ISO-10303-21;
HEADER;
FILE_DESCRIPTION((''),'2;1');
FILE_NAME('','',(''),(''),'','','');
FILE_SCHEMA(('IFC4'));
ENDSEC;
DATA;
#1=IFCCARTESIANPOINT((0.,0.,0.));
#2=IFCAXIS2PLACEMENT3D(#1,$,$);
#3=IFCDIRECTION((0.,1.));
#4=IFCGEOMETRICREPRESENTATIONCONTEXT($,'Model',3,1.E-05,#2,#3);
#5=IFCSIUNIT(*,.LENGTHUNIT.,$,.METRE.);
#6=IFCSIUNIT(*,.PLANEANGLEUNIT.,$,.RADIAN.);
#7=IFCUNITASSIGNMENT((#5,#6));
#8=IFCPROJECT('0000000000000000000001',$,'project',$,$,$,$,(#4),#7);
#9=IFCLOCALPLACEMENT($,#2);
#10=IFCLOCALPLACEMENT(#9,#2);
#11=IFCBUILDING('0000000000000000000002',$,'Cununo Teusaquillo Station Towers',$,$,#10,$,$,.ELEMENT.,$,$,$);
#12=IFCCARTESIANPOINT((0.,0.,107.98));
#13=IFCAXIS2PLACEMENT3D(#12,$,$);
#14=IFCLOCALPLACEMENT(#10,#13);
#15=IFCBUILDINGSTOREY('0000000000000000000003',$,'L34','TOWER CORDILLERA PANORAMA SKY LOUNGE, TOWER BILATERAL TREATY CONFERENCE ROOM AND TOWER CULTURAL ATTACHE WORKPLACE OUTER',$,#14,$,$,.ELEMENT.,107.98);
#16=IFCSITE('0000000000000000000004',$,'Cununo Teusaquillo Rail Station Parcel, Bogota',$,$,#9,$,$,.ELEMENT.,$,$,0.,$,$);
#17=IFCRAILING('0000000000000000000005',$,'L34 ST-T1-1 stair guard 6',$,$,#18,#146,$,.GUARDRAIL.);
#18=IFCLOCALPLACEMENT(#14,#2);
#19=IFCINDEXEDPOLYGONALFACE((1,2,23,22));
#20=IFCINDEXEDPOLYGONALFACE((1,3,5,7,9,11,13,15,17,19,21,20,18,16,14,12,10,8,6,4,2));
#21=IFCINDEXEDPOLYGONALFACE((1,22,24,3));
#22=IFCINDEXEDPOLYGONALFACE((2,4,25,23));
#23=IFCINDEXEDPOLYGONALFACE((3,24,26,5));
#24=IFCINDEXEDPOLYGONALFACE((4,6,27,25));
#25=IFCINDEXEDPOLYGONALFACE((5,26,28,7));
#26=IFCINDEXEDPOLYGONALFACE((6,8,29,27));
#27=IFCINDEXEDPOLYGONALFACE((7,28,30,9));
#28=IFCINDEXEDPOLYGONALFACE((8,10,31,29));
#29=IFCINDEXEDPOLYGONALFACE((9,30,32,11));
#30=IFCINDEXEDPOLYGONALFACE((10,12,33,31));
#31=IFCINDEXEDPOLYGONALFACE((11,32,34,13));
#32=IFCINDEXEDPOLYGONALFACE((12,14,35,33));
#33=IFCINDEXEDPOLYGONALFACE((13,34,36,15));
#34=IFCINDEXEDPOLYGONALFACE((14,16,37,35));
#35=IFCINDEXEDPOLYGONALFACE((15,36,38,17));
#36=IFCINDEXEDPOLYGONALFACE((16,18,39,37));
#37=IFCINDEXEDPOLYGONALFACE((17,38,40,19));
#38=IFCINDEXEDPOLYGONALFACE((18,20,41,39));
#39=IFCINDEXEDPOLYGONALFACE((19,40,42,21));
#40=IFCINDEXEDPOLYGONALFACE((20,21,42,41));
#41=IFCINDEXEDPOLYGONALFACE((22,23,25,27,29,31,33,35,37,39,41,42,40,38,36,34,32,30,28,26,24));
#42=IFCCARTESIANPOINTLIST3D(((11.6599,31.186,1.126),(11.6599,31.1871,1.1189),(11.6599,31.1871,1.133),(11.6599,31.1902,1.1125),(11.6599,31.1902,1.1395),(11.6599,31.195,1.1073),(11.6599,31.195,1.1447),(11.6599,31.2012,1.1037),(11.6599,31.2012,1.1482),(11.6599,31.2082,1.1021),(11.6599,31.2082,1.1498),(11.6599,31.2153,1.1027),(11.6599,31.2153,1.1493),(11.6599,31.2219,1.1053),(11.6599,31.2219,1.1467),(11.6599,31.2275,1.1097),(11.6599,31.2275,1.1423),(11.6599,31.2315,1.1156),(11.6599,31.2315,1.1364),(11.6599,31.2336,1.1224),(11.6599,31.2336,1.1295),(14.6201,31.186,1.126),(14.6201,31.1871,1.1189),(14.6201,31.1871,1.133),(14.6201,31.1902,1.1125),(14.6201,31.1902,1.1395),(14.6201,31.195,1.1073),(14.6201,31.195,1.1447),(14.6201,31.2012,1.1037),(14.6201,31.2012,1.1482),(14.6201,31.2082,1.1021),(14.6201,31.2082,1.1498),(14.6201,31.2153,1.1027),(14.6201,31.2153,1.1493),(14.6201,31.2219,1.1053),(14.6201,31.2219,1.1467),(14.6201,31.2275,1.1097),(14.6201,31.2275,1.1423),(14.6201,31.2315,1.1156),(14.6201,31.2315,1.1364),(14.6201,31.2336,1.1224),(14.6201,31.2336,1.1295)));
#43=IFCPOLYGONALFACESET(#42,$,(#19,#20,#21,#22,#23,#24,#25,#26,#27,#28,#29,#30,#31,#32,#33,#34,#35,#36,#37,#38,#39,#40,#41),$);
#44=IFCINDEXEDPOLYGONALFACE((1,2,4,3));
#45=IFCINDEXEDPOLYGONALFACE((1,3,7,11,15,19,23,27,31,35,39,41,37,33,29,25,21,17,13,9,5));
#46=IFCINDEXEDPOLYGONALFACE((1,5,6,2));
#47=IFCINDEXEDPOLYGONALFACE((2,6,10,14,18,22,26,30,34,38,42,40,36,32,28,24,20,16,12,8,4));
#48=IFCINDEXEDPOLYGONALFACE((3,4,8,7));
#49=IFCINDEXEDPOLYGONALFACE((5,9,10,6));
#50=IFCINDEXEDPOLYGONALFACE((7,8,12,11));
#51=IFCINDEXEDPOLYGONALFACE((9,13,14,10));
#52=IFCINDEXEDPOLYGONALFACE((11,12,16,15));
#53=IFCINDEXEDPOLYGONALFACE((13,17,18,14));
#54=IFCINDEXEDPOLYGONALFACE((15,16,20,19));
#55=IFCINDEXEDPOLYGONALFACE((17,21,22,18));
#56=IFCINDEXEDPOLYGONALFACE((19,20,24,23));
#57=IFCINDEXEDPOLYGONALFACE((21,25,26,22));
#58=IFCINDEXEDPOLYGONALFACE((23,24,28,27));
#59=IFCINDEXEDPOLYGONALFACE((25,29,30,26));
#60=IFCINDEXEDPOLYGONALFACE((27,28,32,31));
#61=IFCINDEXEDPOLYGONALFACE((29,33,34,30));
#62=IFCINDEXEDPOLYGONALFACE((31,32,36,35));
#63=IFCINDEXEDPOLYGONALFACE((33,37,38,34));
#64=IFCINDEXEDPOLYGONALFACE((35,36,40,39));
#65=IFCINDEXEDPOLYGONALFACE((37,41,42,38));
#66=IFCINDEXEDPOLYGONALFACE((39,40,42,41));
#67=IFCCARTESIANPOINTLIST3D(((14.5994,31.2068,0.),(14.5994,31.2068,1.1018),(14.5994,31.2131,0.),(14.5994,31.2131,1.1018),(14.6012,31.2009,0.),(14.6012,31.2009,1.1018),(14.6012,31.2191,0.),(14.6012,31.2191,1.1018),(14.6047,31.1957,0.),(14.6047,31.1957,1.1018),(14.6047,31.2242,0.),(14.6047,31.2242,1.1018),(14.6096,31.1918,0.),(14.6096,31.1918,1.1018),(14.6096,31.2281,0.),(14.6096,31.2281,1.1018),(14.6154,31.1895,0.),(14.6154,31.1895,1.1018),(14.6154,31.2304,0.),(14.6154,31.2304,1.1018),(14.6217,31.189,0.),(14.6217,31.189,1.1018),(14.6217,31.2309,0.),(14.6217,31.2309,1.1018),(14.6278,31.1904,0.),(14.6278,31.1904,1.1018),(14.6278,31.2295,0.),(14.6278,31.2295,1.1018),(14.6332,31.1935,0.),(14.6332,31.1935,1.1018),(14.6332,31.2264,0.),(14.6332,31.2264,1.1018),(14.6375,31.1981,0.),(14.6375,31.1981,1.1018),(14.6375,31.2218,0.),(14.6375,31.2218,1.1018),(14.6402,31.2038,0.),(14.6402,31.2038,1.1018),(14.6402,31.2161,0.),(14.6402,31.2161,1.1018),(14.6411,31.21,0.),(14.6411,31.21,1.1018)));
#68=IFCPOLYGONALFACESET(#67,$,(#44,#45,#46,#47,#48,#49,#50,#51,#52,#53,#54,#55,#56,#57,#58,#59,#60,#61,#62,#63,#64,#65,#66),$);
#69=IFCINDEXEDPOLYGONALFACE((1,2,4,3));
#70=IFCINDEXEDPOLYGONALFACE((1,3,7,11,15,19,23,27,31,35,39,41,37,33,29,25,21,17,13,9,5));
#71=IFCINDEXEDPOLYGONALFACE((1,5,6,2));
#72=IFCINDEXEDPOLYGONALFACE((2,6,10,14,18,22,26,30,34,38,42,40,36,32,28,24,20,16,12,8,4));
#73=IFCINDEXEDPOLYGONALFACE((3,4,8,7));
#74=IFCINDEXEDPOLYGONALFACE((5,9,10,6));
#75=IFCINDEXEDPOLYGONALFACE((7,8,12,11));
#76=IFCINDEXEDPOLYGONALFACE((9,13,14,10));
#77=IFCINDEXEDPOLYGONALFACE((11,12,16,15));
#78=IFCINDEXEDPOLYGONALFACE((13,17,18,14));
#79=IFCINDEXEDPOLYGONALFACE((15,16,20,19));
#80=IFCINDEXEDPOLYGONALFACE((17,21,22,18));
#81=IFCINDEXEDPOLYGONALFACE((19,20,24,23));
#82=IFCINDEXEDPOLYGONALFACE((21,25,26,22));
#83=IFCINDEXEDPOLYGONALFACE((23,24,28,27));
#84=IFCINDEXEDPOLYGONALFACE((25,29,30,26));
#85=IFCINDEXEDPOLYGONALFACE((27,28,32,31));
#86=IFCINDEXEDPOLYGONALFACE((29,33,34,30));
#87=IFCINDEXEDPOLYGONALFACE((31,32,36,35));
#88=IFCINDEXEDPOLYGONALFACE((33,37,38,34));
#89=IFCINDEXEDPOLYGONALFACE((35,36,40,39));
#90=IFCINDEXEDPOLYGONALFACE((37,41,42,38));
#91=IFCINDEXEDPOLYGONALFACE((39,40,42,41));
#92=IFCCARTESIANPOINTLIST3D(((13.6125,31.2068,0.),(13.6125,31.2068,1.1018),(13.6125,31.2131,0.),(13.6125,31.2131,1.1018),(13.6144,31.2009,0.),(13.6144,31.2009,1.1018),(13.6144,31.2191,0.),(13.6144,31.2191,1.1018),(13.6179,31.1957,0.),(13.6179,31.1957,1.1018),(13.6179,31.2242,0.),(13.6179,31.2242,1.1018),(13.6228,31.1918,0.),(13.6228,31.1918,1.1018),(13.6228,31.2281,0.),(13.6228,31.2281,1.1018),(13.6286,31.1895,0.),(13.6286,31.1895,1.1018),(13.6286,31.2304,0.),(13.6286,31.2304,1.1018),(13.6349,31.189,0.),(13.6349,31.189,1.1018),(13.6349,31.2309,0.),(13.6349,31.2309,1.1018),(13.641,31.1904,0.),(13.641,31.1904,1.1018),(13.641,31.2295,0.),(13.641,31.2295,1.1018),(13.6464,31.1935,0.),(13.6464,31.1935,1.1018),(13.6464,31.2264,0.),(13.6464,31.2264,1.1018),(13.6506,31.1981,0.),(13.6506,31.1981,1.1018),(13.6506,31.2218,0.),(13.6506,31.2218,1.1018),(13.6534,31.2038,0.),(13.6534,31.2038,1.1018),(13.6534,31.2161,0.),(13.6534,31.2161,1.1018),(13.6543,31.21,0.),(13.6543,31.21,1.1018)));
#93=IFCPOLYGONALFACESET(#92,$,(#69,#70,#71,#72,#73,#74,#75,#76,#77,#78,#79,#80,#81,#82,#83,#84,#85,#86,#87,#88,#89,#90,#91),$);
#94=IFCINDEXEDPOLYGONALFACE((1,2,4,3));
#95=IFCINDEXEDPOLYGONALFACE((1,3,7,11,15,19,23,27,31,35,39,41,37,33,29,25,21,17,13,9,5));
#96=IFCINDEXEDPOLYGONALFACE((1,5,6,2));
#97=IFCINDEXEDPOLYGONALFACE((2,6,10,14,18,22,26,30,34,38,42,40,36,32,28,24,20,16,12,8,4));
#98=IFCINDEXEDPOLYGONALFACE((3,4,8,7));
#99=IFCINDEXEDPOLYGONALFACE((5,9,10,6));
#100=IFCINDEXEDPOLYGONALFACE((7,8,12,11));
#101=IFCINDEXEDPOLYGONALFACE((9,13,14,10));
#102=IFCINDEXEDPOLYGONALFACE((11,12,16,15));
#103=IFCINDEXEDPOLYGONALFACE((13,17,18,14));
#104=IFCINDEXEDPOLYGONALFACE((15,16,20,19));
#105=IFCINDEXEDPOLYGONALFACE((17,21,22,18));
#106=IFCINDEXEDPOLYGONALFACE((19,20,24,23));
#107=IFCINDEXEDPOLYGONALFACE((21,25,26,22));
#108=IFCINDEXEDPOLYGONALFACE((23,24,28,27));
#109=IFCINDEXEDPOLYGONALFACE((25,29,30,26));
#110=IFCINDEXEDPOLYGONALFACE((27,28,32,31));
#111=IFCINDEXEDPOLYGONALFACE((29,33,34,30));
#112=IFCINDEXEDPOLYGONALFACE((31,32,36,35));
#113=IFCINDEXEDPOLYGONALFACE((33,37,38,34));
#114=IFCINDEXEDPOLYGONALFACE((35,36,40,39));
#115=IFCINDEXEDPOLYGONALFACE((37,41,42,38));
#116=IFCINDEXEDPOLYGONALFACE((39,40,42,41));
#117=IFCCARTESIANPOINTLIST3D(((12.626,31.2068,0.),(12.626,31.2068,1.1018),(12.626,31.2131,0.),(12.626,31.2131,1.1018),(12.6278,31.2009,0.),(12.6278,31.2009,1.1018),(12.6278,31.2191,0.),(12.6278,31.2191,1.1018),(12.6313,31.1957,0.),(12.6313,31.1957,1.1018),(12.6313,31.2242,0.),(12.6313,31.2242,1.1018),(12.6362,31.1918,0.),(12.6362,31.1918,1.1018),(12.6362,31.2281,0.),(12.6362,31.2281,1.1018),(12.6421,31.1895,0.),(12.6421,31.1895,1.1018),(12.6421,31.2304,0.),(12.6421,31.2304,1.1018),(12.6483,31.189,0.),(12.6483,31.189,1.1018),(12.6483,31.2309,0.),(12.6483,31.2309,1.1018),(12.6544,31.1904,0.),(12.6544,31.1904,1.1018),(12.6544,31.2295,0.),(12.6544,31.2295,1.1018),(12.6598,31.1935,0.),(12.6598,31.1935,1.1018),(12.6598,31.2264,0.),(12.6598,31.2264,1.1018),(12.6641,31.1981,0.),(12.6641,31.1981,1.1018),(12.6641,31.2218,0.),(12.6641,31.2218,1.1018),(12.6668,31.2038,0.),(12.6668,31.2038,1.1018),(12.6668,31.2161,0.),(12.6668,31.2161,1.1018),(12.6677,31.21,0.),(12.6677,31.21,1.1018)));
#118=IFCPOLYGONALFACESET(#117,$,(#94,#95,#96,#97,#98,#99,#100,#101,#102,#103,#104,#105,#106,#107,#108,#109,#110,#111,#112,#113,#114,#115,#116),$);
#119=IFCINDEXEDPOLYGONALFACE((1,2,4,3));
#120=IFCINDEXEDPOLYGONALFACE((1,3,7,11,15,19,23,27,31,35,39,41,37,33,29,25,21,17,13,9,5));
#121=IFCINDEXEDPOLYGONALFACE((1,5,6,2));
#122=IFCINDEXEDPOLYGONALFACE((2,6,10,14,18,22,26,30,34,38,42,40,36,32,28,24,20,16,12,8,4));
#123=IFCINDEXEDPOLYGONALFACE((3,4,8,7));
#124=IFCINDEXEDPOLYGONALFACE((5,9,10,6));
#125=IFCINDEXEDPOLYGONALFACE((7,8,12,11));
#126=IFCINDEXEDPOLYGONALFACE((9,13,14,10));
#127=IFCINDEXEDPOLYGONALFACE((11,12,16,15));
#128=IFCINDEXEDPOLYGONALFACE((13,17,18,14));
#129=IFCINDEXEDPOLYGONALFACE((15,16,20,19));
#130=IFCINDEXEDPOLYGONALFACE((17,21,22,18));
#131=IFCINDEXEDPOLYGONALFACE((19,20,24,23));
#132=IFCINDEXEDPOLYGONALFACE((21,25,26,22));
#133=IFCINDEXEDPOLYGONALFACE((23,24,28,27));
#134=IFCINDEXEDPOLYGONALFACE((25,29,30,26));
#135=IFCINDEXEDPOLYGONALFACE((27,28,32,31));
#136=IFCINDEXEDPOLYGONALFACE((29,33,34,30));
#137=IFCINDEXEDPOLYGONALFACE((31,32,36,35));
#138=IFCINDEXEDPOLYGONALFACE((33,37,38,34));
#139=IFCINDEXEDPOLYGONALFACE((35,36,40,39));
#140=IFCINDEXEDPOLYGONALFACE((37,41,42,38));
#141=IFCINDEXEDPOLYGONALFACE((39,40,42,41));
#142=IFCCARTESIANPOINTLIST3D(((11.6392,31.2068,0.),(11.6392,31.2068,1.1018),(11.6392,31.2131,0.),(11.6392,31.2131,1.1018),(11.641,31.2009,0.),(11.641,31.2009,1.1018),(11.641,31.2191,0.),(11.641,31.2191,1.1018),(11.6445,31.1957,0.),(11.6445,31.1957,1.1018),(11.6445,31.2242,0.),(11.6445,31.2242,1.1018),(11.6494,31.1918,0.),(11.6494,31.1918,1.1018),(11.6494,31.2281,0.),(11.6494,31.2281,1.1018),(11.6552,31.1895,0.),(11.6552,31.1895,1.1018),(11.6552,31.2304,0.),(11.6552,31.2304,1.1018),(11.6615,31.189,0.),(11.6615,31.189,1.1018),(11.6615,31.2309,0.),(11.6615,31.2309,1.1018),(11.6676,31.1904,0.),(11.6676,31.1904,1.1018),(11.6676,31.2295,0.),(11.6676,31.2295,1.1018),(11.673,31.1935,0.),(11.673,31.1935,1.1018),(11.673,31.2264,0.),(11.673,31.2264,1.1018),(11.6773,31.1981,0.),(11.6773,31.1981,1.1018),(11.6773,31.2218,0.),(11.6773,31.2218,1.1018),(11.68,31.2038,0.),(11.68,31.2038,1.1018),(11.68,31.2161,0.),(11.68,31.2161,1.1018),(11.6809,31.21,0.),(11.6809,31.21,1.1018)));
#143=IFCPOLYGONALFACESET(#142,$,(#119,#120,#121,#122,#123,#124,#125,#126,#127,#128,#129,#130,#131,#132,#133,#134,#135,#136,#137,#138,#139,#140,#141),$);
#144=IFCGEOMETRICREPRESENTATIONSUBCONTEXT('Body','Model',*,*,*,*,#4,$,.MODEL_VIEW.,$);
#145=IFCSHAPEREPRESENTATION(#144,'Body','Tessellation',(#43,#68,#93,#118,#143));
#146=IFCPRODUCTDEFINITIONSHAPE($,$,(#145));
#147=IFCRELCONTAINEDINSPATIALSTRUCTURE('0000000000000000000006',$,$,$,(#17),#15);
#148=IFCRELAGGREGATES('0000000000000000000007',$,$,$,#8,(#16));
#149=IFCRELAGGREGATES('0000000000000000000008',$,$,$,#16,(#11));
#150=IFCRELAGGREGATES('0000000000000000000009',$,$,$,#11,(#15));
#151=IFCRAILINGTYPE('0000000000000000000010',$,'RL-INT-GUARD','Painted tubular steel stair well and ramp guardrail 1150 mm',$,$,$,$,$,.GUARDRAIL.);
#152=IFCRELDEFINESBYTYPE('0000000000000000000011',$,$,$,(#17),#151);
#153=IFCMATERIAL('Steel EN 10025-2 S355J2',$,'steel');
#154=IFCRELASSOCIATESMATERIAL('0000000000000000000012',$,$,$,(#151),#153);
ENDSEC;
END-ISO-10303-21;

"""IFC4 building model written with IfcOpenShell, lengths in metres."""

from ifc_helpers import new_model, si_unit, direction, frame, origin, origin_2d, place, context, subcontext, project, spatial, circle, extrude, material, type_object, element, save


model = new_model("IFC4")

# Units and contexts
model_context = context("Model", 3, precision=1e-05, world=origin(), true_north=direction((0.0, 1.0)))
body_context = subcontext(model_context, "Body", "Model", "MODEL_VIEW")
ifc_project = project(units=[si_unit("LENGTHUNIT", "METRE"), si_unit("PLANEANGLEUNIT", "RADIAN")], contexts=[model_context])

# Site, building, storey
site_placement = place(None, origin())
site = spatial("IfcSite", under=ifc_project, at=site_placement, Name="Cununo Teusaquillo Rail Station Parcel, Bogota", CompositionType="ELEMENT", RefElevation=0.0)
building_placement = place(site_placement, origin())
building = spatial("IfcBuilding", under=site, at=building_placement, Name="Cununo Teusaquillo Station Towers", CompositionType="ELEMENT")
storey_placement = place(building_placement, frame((0.0, 0.0, 107.98)))
storey = spatial("IfcBuildingStorey", under=building, at=storey_placement, Name="L34", Description="TOWER CORDILLERA PANORAMA SKY LOUNGE, TOWER BILATERAL TREATY CONFERENCE ROOM AND TOWER CULTURAL ATTACHE WORKPLACE OUTER", CompositionType="ELEMENT", Elevation=107.98)

# Railing
ifc_material_1 = material(Name="Steel EN 10025-2 S355J2", Category="steel")
railing_type_1 = type_object("IfcRailingType", Name="RL-INT-GUARD", Description="Painted tubular steel stair well and ramp guardrail 1150 mm", PredefinedType="GUARDRAIL", material=ifc_material_1)
railing_1_placement = place(storey_placement, frame((14.6201, 31.21, 0.0)))
element("IfcRailing", 1, at=railing_1_placement, inside=storey, type_object=railing_type_1, Name="L34 ST-T1-1 stair guard 6", PredefinedType="GUARDRAIL", context=body_context, shape_type="SweptSolid", body=[
    extrude(circle(Radius=0.0239, at=origin_2d()), frame((0.0, 0.0, 1.126), z_axis=(-1.0, 0.0, 0.0), x_axis=(0.0, -1.0, 0.0)), (0.0, 0.0, 1.0), 2.9602),
    extrude(circle(Radius=0.021, at=origin_2d()), origin(), (0.0, 0.0, 1.0), 1.1018),
    extrude(circle(Radius=0.021, at=origin_2d()), frame((-0.9868, 0.0, 0.0)), (0.0, 0.0, 1.0), 1.1018),
    extrude(circle(Radius=0.021, at=origin_2d()), frame((-1.9734, 0.0, 0.0)), (0.0, 0.0, 1.0), 1.1018),
    extrude(circle(Radius=0.021, at=origin_2d()), frame((-2.9602, 0.0, 0.0)), (0.0, 0.0, 1.0), 1.1018),
])

save(model, "model.ifc")
